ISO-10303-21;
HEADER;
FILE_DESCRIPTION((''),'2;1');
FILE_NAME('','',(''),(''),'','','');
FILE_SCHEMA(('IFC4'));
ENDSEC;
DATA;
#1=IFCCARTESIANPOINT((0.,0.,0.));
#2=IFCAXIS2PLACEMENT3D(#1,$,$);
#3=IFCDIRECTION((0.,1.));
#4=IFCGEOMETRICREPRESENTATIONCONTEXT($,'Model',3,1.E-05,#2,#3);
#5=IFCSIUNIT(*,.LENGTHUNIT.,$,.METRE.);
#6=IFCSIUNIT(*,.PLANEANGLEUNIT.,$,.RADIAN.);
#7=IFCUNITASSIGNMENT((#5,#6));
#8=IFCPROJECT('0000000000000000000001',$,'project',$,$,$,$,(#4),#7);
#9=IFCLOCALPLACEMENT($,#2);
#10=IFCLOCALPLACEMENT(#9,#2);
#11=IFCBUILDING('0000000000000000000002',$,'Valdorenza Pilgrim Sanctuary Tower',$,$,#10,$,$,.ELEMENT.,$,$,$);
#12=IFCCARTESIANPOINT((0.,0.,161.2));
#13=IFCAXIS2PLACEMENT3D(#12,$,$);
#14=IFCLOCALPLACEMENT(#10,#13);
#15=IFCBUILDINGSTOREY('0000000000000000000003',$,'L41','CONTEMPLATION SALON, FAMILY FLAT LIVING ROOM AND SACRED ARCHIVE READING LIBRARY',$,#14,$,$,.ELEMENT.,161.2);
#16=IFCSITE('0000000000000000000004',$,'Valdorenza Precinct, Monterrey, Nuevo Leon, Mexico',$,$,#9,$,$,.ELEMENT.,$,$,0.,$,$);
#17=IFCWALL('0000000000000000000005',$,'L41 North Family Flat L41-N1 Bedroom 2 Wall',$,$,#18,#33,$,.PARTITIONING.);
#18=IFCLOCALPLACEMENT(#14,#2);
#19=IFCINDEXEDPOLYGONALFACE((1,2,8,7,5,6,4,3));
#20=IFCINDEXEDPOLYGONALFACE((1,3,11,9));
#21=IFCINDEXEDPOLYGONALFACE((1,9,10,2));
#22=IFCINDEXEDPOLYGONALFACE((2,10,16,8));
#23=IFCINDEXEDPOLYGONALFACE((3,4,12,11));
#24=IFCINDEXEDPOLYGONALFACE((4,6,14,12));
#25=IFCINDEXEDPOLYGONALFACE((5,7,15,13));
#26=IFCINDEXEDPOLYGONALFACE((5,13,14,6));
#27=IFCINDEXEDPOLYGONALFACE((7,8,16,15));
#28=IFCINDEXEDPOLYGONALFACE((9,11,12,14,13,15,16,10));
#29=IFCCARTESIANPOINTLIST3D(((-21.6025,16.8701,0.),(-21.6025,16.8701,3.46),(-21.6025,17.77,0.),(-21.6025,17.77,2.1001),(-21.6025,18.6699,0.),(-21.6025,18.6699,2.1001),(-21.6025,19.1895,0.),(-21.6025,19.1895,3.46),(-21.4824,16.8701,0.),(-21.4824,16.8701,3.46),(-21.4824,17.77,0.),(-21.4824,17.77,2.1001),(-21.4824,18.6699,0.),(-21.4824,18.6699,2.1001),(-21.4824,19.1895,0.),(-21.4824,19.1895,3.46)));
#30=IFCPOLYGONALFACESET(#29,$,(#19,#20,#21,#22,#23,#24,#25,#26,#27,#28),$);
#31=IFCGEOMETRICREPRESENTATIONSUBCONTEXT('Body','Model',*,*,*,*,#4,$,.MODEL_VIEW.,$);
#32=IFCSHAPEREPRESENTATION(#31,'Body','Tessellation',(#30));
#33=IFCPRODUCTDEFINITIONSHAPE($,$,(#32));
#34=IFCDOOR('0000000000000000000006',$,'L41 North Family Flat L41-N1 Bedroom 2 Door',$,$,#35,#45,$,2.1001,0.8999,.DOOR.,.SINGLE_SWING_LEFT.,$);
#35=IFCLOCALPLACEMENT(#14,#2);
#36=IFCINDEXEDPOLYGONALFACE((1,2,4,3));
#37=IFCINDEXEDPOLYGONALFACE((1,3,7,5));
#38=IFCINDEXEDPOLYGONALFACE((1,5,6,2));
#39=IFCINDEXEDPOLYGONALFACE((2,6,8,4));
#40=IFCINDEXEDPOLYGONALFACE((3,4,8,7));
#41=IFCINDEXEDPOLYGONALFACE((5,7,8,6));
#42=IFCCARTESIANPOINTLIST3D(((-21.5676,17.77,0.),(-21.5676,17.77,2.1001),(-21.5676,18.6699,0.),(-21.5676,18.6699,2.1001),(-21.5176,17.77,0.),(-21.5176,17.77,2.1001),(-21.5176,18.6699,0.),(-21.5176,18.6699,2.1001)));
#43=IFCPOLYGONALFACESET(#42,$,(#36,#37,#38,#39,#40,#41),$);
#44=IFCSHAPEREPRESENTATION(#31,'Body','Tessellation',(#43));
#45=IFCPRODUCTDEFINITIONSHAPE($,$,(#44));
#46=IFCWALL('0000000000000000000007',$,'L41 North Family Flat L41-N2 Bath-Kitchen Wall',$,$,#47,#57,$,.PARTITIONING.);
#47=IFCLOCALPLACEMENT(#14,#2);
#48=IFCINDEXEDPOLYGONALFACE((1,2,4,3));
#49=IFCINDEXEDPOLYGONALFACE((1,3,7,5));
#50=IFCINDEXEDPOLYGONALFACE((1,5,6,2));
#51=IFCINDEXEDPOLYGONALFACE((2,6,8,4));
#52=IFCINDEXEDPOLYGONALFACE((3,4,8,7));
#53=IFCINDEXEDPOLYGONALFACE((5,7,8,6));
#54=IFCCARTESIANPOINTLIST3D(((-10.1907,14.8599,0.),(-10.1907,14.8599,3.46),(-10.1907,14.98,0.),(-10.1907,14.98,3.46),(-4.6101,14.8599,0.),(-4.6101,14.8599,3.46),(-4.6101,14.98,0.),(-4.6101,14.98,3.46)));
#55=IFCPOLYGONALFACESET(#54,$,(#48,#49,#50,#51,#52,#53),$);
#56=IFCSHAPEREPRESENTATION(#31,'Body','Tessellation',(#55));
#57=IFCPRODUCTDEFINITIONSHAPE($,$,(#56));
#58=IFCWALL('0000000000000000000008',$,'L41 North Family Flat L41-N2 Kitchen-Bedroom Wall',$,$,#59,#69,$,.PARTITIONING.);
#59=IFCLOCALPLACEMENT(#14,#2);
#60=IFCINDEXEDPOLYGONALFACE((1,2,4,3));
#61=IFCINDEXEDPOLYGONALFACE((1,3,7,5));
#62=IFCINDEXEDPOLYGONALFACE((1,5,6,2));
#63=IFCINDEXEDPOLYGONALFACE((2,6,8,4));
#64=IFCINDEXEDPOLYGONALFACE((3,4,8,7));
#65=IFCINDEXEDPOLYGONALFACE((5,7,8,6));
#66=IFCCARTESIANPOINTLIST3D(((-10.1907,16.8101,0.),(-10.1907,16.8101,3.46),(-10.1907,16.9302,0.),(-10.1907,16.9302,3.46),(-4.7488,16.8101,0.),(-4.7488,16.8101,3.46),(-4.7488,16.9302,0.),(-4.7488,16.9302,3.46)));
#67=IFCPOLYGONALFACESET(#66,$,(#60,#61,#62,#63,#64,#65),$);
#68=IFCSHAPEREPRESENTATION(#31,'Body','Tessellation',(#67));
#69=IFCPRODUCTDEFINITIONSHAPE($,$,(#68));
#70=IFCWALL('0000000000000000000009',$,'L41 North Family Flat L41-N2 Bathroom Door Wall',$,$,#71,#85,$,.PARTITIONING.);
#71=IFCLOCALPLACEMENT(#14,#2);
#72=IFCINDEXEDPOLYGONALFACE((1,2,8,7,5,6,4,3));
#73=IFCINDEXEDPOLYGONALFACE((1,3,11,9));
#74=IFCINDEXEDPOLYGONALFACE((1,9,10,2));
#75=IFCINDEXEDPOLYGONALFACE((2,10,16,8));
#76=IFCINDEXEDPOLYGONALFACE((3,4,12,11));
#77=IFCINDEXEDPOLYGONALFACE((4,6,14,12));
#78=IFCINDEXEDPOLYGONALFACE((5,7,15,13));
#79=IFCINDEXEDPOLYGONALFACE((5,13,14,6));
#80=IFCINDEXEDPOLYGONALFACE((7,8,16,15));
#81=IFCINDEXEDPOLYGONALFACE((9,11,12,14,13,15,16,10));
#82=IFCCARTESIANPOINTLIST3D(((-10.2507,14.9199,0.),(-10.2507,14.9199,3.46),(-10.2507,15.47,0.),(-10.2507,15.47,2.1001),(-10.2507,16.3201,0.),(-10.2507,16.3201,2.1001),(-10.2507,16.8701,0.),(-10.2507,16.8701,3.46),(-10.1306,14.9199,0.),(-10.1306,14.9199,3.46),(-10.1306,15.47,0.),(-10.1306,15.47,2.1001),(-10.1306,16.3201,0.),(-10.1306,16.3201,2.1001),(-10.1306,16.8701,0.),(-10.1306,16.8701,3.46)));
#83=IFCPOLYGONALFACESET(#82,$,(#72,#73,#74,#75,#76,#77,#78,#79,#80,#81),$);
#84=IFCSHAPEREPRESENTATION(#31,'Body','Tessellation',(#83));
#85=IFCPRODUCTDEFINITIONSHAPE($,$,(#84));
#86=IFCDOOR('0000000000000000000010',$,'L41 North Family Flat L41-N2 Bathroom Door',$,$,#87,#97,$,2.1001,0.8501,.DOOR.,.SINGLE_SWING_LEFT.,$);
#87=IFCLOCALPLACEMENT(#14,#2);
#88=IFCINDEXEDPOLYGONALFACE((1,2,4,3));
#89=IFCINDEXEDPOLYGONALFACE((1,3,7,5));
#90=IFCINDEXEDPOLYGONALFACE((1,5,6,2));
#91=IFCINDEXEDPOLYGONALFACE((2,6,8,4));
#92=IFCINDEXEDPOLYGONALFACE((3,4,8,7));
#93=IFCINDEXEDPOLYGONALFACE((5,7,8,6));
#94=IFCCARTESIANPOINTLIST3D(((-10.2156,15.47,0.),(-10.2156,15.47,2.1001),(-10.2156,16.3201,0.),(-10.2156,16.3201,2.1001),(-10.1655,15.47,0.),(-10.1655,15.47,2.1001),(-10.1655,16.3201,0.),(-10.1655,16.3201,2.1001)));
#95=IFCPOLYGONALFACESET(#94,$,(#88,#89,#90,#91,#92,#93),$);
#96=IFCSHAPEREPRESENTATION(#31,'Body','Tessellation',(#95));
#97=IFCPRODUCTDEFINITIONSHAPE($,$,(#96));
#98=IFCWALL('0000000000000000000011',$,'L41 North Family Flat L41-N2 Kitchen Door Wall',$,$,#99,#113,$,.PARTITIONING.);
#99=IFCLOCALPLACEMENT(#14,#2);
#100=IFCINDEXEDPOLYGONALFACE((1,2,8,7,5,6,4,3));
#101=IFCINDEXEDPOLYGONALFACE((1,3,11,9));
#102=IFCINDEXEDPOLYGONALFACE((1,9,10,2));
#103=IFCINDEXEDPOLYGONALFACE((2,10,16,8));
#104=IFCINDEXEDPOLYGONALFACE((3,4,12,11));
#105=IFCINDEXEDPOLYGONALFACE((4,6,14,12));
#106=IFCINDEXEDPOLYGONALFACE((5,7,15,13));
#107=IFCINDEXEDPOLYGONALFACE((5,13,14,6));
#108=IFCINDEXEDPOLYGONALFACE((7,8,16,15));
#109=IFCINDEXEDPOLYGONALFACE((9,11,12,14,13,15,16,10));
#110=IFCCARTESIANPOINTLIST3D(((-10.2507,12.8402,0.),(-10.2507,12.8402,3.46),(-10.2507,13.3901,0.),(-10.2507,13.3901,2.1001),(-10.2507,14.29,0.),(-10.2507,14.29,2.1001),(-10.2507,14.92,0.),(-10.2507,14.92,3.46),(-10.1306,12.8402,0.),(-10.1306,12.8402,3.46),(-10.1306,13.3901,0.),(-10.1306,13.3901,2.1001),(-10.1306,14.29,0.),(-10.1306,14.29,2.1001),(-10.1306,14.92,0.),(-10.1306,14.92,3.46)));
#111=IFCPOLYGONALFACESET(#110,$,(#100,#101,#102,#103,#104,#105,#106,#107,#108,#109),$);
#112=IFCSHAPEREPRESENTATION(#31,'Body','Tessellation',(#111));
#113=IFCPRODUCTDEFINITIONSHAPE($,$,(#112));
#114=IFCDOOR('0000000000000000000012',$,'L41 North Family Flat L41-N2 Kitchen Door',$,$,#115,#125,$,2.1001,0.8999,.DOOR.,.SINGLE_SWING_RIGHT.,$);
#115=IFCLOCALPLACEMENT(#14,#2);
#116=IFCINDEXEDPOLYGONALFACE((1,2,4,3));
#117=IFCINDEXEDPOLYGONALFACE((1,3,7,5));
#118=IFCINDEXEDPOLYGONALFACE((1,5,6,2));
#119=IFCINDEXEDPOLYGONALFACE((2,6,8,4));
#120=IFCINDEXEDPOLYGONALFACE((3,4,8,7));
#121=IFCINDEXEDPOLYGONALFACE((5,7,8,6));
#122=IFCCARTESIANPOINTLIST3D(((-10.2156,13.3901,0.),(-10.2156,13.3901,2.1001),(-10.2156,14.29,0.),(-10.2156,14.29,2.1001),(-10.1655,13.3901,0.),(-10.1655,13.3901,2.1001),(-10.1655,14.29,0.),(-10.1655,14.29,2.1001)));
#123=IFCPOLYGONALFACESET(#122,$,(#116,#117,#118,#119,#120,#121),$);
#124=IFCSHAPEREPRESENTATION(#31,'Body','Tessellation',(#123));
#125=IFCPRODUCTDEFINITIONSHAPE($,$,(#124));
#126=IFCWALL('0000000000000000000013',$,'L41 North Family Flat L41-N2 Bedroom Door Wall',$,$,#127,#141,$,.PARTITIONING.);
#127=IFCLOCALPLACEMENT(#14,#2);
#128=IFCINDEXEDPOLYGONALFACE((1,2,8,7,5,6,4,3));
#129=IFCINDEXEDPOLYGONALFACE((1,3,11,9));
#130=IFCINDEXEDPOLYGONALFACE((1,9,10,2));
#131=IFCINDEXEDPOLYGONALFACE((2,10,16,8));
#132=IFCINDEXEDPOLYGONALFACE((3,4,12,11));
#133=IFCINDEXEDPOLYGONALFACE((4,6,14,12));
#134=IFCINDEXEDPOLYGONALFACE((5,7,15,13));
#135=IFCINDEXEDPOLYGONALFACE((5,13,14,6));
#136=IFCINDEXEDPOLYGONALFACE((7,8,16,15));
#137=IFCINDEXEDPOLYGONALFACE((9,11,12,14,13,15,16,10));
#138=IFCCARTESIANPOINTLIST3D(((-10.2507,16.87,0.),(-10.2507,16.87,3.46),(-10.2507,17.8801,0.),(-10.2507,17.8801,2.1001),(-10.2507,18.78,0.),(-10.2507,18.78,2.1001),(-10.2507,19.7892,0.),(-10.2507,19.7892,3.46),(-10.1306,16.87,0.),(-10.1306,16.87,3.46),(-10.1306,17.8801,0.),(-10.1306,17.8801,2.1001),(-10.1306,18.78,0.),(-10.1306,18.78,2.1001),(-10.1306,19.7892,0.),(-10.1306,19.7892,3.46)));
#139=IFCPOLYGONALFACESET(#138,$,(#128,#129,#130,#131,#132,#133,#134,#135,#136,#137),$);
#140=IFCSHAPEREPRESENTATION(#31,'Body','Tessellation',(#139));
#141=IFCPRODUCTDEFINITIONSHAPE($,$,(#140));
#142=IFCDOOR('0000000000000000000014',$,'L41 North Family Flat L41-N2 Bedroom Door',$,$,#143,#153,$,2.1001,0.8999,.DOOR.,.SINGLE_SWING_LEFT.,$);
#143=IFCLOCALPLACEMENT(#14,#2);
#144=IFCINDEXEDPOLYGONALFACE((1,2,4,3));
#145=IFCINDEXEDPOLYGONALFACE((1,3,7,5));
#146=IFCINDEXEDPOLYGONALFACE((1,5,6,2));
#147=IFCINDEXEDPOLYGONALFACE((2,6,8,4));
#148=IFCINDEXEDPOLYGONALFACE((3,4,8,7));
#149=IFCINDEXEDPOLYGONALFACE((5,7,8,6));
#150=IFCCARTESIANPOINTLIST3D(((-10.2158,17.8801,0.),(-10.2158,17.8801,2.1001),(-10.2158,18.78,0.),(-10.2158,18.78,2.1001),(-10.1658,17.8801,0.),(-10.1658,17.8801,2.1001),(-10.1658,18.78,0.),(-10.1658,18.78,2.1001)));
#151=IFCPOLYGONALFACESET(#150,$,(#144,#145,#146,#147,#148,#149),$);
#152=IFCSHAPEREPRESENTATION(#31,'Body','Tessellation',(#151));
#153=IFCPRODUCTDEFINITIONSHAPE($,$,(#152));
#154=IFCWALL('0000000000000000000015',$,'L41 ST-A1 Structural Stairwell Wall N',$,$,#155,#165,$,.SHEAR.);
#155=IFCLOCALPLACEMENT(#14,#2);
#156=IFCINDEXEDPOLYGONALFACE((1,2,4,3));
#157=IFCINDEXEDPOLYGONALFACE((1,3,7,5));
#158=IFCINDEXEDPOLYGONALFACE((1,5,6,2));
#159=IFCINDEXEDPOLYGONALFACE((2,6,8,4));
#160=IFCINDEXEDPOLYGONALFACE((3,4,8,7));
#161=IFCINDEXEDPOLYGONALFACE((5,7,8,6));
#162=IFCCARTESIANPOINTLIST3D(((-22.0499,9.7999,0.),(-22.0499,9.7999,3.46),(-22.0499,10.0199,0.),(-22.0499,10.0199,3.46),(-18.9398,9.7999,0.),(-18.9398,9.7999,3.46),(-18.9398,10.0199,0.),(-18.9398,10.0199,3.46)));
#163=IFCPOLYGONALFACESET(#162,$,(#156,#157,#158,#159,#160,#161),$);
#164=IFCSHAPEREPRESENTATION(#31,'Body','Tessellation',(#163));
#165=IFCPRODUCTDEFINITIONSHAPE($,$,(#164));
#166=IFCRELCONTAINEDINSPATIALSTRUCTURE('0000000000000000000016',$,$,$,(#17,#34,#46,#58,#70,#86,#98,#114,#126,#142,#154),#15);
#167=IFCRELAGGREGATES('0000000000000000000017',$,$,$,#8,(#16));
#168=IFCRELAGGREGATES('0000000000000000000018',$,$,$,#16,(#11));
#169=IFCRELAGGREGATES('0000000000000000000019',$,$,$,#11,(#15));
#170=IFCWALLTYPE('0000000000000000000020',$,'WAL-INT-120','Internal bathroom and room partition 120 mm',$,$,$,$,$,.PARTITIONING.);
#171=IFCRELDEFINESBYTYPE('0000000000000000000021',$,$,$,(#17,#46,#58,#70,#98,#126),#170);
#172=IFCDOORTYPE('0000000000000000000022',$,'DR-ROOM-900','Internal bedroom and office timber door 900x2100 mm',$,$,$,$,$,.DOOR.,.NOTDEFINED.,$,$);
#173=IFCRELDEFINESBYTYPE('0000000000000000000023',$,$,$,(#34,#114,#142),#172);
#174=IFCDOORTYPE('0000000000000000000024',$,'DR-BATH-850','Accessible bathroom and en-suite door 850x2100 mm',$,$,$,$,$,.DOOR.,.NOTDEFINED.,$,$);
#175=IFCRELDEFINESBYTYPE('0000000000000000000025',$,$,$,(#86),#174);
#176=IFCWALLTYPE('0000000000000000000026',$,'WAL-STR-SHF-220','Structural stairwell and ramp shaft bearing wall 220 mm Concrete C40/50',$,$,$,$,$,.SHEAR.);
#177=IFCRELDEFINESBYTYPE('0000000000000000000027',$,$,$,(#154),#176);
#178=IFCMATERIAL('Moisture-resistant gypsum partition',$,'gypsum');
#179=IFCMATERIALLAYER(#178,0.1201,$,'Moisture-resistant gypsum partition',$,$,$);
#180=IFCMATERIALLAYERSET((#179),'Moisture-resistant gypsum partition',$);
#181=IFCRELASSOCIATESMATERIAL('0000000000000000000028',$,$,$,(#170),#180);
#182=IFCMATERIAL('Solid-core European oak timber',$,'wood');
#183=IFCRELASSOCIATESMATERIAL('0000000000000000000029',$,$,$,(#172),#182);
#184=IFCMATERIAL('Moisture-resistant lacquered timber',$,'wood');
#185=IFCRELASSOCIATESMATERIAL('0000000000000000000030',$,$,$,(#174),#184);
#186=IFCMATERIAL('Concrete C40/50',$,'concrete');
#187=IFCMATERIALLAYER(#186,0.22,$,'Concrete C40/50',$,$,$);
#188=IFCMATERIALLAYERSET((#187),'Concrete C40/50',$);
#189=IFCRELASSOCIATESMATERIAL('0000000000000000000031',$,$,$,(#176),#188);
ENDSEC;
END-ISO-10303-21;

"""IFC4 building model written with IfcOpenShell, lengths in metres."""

from ifc_helpers import new_model, si_unit, direction, frame, frame_2d, origin, place, context, subcontext, project, spatial, rectangle, extrude, material, layer, layer_set, type_object, element, fill, save


model = new_model("IFC4")

# Units and contexts
model_context = context("Model", 3, precision=1e-05, world=origin(), true_north=direction((0.0, 1.0)))
body_context = subcontext(model_context, "Body", "Model", "MODEL_VIEW")
ifc_project = project(units=[si_unit("LENGTHUNIT", "METRE"), si_unit("PLANEANGLEUNIT", "RADIAN")], contexts=[model_context])

# Site, building, storey
site_placement = place(None, origin())
site = spatial("IfcSite", under=ifc_project, at=site_placement, Name="Valdorenza Precinct, Monterrey, Nuevo Leon, Mexico", CompositionType="ELEMENT", RefElevation=0.0)
building_placement = place(site_placement, origin())
building = spatial("IfcBuilding", under=site, at=building_placement, Name="Valdorenza Pilgrim Sanctuary Tower", CompositionType="ELEMENT")
storey_placement = place(building_placement, frame((0.0, 0.0, 161.2)))
storey = spatial("IfcBuildingStorey", under=building, at=storey_placement, Name="L41", Description="CONTEMPLATION SALON, FAMILY FLAT LIVING ROOM AND SACRED ARCHIVE READING LIBRARY", CompositionType="ELEMENT", Elevation=161.2)

# Wall, opening, door
ifc_material_1 = material(Name="Moisture-resistant gypsum partition", Category="gypsum")
ifc_layer_1 = layer(ifc_material_1, 0.1201, Name="Moisture-resistant gypsum partition")
ifc_layer_set_1 = layer_set([ifc_layer_1], Name="Moisture-resistant gypsum partition")
wall_type_1 = type_object("IfcWallType", Name="WAL-INT-120", Description="Internal bathroom and room partition 120 mm", PredefinedType="PARTITIONING", material=ifc_layer_set_1)
wall_1_placement = place(storey_placement, frame((-21.5425, 16.8701, 0.0), z_axis=(0.0, 0.0, 1.0), x_axis=(0.0, 1.0, 0.0)))
wall_1 = element("IfcWall", 1, at=wall_1_placement, inside=storey, type_object=wall_type_1, Name="L41 North Family Flat L41-N1 Bedroom 2 Wall", PredefinedType="PARTITIONING", context=body_context, shape_type="SweptSolid", body=[
    extrude(rectangle(XDim=2.3193, YDim=0.1201, at=frame_2d((1.1597, 0.0))), origin(), (0.0, 0.0, 1.0), 3.46),
])
opening_1_placement = place(wall_1_placement, frame((0.8999, 0.0, 0.0)))
opening_1 = element("IfcOpeningElement", 2, at=opening_1_placement, cuts=wall_1, PredefinedType="OPENING", context=body_context, shape_type="SweptSolid", body=[
    extrude(rectangle(XDim=0.8999, YDim=2.1001, at=frame_2d((0.45, 1.05))), frame((0.0, 0.075, 0.0), z_axis=(0.0, -1.0, 0.0), x_axis=(1.0, 0.0, 0.0)), (0.0, 0.0, 1.0), 0.1499),
])
ifc_material_2 = material(Name="Solid-core European oak timber", Category="wood")
door_type_1 = type_object("IfcDoorType", Name="DR-ROOM-900", Description="Internal bedroom and office timber door 900x2100 mm", OperationType="NOTDEFINED", PredefinedType="DOOR", material=ifc_material_2)
door_1_placement = place(opening_1_placement, frame((0.8999, 0.0, 0.0), z_axis=(0.0, 0.0, 1.0), x_axis=(-1.0, 0.0, 0.0)))
door_1 = element("IfcDoor", 3, at=door_1_placement, inside=storey, type_object=door_type_1, Name="L41 North Family Flat L41-N1 Bedroom 2 Door", OperationType="SINGLE_SWING_LEFT", OverallHeight=2.1001, OverallWidth=0.8999, PredefinedType="DOOR", context=body_context, shape_type="SweptSolid", body=[
    extrude(rectangle(XDim=0.8999, YDim=2.1001, at=frame_2d((0.45, 1.05))), frame((0.0, 0.0249, 0.0), z_axis=(0.0, -1.0, 0.0), x_axis=(1.0, 0.0, 0.0)), (0.0, 0.0, 1.0), 0.05),
])
fill(opening_1, door_1)

# Walls
wall_2_placement = place(storey_placement, frame((-10.1907, 14.9199, 0.0), z_axis=(0.0, 0.0, 1.0), x_axis=(1.0, 0.0, 0.0)))
element("IfcWall", 4, at=wall_2_placement, inside=storey, type_object=wall_type_1, Name="L41 North Family Flat L41-N2 Bath-Kitchen Wall", PredefinedType="PARTITIONING", context=body_context, shape_type="SweptSolid", body=[
    extrude(rectangle(XDim=5.5806, YDim=0.1201, at=frame_2d((2.7903, 0.0))), origin(), (0.0, 0.0, 1.0), 3.46),
])
wall_3_placement = place(storey_placement, frame((-10.1907, 16.8701, 0.0), z_axis=(0.0, 0.0, 1.0), x_axis=(1.0, 0.0, 0.0)))
element("IfcWall", 5, at=wall_3_placement, inside=storey, type_object=wall_type_1, Name="L41 North Family Flat L41-N2 Kitchen-Bedroom Wall", PredefinedType="PARTITIONING", context=body_context, shape_type="SweptSolid", body=[
    extrude(rectangle(XDim=5.4419, YDim=0.1201, at=frame_2d((2.7209, 0.0))), origin(), (0.0, 0.0, 1.0), 3.46),
])

# Walls, openings, doors
wall_4_placement = place(storey_placement, frame((-10.1907, 14.9199, 0.0), z_axis=(0.0, 0.0, 1.0), x_axis=(0.0, 1.0, 0.0)))
wall_4 = element("IfcWall", 6, at=wall_4_placement, inside=storey, type_object=wall_type_1, Name="L41 North Family Flat L41-N2 Bathroom Door Wall", PredefinedType="PARTITIONING", context=body_context, shape_type="SweptSolid", body=[
    extrude(rectangle(XDim=1.9502, YDim=0.1201, at=frame_2d((0.9751, 0.0))), origin(), (0.0, 0.0, 1.0), 3.46),
])
opening_2_placement = place(wall_4_placement, frame((0.55, 0.0, 0.0)))
opening_2 = element("IfcOpeningElement", 7, at=opening_2_placement, cuts=wall_4, PredefinedType="OPENING", context=body_context, shape_type="SweptSolid", body=[
    extrude(rectangle(XDim=0.8501, YDim=2.1001, at=frame_2d((0.425, 1.05))), frame((0.0, 0.075, 0.0), z_axis=(0.0, -1.0, 0.0), x_axis=(1.0, 0.0, 0.0)), (0.0, 0.0, 1.0), 0.1499),
])
ifc_material_3 = material(Name="Moisture-resistant lacquered timber", Category="wood")
door_type_2 = type_object("IfcDoorType", Name="DR-BATH-850", Description="Accessible bathroom and en-suite door 850x2100 mm", OperationType="NOTDEFINED", PredefinedType="DOOR", material=ifc_material_3)
door_2_placement = place(opening_2_placement, origin())
door_2 = element("IfcDoor", 8, at=door_2_placement, inside=storey, type_object=door_type_2, Name="L41 North Family Flat L41-N2 Bathroom Door", OperationType="SINGLE_SWING_LEFT", OverallHeight=2.1001, OverallWidth=0.8501, PredefinedType="DOOR", context=body_context, shape_type="SweptSolid", body=[
    extrude(rectangle(XDim=0.8501, YDim=2.1001, at=frame_2d((0.425, 1.05))), frame((0.0, 0.0249, 0.0), z_axis=(0.0, -1.0, 0.0), x_axis=(1.0, 0.0, 0.0)), (0.0, 0.0, 1.0), 0.05),
])
fill(opening_2, door_2)
wall_5_placement = place(storey_placement, frame((-10.1907, 12.8401, 0.0), z_axis=(0.0, 0.0, 1.0), x_axis=(0.0, 1.0, 0.0)))
wall_5 = element("IfcWall", 9, at=wall_5_placement, inside=storey, type_object=wall_type_1, Name="L41 North Family Flat L41-N2 Kitchen Door Wall", PredefinedType="PARTITIONING", context=body_context, shape_type="SweptSolid", body=[
    extrude(rectangle(XDim=2.0798, YDim=0.1201, at=frame_2d((1.04, 0.0))), origin(), (0.0, 0.0, 1.0), 3.46),
])
opening_3_placement = place(wall_5_placement, frame((0.55, 0.0, 0.0)))
opening_3 = element("IfcOpeningElement", 10, at=opening_3_placement, cuts=wall_5, PredefinedType="OPENING", context=body_context, shape_type="SweptSolid", body=[
    extrude(rectangle(XDim=0.8999, YDim=2.1001, at=frame_2d((0.45, 1.05))), frame((0.0, 0.075, 0.0), z_axis=(0.0, -1.0, 0.0), x_axis=(1.0, 0.0, 0.0)), (0.0, 0.0, 1.0), 0.1499),
])
door_3_placement = place(opening_3_placement, origin())
door_3 = element("IfcDoor", 11, at=door_3_placement, inside=storey, type_object=door_type_1, Name="L41 North Family Flat L41-N2 Kitchen Door", OperationType="SINGLE_SWING_RIGHT", OverallHeight=2.1001, OverallWidth=0.8999, PredefinedType="DOOR", context=body_context, shape_type="SweptSolid", body=[
    extrude(rectangle(XDim=0.8999, YDim=2.1001, at=frame_2d((0.45, 1.05))), frame((0.0, 0.0249, 0.0), z_axis=(0.0, -1.0, 0.0), x_axis=(1.0, 0.0, 0.0)), (0.0, 0.0, 1.0), 0.05),
])
fill(opening_3, door_3)
wall_6_placement = place(storey_placement, frame((-10.1907, 16.8701, 0.0), z_axis=(0.0, 0.0, 1.0), x_axis=(0.0, 1.0, 0.0)))
wall_6 = element("IfcWall", 12, at=wall_6_placement, inside=storey, type_object=wall_type_1, Name="L41 North Family Flat L41-N2 Bedroom Door Wall", PredefinedType="PARTITIONING", context=body_context, shape_type="SweptSolid", body=[
    extrude(rectangle(XDim=2.9192, YDim=0.1201, at=frame_2d((1.4595, 0.0))), origin(), (0.0, 0.0, 1.0), 3.46),
])
opening_4_placement = place(wall_6_placement, frame((1.01, 0.0, 0.0)))
opening_4 = element("IfcOpeningElement", 13, at=opening_4_placement, cuts=wall_6, PredefinedType="OPENING", context=body_context, shape_type="SweptSolid", body=[
    extrude(rectangle(XDim=0.8999, YDim=2.1001, at=frame_2d((0.45, 1.05))), frame((0.0, 0.075, 0.0), z_axis=(0.0, -1.0, 0.0), x_axis=(1.0, 0.0, 0.0)), (0.0, 0.0, 1.0), 0.1499),
])
door_4_placement = place(opening_4_placement, frame((0.8999, 0.0, 0.0), z_axis=(0.0, 0.0, 1.0), x_axis=(-1.0, 0.0, 0.0)))
door_4 = element("IfcDoor", 14, at=door_4_placement, inside=storey, type_object=door_type_1, Name="L41 North Family Flat L41-N2 Bedroom Door", OperationType="SINGLE_SWING_LEFT", OverallHeight=2.1001, OverallWidth=0.8999, PredefinedType="DOOR", context=body_context, shape_type="SweptSolid", body=[
    extrude(rectangle(XDim=0.8999, YDim=2.1001, at=frame_2d((0.45, 1.05))), frame((0.0, 0.0249, 0.0), z_axis=(0.0, -1.0, 0.0), x_axis=(1.0, 0.0, 0.0)), (0.0, 0.0, 1.0), 0.05),
])
fill(opening_4, door_4)

# Wall
ifc_material_4 = material(Name="Concrete C40/50", Category="concrete")
ifc_layer_2 = layer(ifc_material_4, 0.22, Name="Concrete C40/50")
ifc_layer_set_2 = layer_set([ifc_layer_2], Name="Concrete C40/50")
wall_type_2 = type_object("IfcWallType", Name="WAL-STR-SHF-220", Description="Structural stairwell and ramp shaft bearing wall 220 mm Concrete C40/50", PredefinedType="SHEAR", material=ifc_layer_set_2)
wall_7_placement = place(storey_placement, frame((-22.05, 9.9099, 0.0), z_axis=(0.0, 0.0, 1.0), x_axis=(1.0, 0.0, 0.0)))
element("IfcWall", 15, at=wall_7_placement, inside=storey, type_object=wall_type_2, Name="L41 ST-A1 Structural Stairwell Wall N", PredefinedType="SHEAR", context=body_context, shape_type="SweptSolid", body=[
    extrude(rectangle(XDim=3.1101, YDim=0.22, at=frame_2d((1.5552, 0.0))), origin(), (0.0, 0.0, 1.0), 3.46),
])

save(model, "model.ifc")
